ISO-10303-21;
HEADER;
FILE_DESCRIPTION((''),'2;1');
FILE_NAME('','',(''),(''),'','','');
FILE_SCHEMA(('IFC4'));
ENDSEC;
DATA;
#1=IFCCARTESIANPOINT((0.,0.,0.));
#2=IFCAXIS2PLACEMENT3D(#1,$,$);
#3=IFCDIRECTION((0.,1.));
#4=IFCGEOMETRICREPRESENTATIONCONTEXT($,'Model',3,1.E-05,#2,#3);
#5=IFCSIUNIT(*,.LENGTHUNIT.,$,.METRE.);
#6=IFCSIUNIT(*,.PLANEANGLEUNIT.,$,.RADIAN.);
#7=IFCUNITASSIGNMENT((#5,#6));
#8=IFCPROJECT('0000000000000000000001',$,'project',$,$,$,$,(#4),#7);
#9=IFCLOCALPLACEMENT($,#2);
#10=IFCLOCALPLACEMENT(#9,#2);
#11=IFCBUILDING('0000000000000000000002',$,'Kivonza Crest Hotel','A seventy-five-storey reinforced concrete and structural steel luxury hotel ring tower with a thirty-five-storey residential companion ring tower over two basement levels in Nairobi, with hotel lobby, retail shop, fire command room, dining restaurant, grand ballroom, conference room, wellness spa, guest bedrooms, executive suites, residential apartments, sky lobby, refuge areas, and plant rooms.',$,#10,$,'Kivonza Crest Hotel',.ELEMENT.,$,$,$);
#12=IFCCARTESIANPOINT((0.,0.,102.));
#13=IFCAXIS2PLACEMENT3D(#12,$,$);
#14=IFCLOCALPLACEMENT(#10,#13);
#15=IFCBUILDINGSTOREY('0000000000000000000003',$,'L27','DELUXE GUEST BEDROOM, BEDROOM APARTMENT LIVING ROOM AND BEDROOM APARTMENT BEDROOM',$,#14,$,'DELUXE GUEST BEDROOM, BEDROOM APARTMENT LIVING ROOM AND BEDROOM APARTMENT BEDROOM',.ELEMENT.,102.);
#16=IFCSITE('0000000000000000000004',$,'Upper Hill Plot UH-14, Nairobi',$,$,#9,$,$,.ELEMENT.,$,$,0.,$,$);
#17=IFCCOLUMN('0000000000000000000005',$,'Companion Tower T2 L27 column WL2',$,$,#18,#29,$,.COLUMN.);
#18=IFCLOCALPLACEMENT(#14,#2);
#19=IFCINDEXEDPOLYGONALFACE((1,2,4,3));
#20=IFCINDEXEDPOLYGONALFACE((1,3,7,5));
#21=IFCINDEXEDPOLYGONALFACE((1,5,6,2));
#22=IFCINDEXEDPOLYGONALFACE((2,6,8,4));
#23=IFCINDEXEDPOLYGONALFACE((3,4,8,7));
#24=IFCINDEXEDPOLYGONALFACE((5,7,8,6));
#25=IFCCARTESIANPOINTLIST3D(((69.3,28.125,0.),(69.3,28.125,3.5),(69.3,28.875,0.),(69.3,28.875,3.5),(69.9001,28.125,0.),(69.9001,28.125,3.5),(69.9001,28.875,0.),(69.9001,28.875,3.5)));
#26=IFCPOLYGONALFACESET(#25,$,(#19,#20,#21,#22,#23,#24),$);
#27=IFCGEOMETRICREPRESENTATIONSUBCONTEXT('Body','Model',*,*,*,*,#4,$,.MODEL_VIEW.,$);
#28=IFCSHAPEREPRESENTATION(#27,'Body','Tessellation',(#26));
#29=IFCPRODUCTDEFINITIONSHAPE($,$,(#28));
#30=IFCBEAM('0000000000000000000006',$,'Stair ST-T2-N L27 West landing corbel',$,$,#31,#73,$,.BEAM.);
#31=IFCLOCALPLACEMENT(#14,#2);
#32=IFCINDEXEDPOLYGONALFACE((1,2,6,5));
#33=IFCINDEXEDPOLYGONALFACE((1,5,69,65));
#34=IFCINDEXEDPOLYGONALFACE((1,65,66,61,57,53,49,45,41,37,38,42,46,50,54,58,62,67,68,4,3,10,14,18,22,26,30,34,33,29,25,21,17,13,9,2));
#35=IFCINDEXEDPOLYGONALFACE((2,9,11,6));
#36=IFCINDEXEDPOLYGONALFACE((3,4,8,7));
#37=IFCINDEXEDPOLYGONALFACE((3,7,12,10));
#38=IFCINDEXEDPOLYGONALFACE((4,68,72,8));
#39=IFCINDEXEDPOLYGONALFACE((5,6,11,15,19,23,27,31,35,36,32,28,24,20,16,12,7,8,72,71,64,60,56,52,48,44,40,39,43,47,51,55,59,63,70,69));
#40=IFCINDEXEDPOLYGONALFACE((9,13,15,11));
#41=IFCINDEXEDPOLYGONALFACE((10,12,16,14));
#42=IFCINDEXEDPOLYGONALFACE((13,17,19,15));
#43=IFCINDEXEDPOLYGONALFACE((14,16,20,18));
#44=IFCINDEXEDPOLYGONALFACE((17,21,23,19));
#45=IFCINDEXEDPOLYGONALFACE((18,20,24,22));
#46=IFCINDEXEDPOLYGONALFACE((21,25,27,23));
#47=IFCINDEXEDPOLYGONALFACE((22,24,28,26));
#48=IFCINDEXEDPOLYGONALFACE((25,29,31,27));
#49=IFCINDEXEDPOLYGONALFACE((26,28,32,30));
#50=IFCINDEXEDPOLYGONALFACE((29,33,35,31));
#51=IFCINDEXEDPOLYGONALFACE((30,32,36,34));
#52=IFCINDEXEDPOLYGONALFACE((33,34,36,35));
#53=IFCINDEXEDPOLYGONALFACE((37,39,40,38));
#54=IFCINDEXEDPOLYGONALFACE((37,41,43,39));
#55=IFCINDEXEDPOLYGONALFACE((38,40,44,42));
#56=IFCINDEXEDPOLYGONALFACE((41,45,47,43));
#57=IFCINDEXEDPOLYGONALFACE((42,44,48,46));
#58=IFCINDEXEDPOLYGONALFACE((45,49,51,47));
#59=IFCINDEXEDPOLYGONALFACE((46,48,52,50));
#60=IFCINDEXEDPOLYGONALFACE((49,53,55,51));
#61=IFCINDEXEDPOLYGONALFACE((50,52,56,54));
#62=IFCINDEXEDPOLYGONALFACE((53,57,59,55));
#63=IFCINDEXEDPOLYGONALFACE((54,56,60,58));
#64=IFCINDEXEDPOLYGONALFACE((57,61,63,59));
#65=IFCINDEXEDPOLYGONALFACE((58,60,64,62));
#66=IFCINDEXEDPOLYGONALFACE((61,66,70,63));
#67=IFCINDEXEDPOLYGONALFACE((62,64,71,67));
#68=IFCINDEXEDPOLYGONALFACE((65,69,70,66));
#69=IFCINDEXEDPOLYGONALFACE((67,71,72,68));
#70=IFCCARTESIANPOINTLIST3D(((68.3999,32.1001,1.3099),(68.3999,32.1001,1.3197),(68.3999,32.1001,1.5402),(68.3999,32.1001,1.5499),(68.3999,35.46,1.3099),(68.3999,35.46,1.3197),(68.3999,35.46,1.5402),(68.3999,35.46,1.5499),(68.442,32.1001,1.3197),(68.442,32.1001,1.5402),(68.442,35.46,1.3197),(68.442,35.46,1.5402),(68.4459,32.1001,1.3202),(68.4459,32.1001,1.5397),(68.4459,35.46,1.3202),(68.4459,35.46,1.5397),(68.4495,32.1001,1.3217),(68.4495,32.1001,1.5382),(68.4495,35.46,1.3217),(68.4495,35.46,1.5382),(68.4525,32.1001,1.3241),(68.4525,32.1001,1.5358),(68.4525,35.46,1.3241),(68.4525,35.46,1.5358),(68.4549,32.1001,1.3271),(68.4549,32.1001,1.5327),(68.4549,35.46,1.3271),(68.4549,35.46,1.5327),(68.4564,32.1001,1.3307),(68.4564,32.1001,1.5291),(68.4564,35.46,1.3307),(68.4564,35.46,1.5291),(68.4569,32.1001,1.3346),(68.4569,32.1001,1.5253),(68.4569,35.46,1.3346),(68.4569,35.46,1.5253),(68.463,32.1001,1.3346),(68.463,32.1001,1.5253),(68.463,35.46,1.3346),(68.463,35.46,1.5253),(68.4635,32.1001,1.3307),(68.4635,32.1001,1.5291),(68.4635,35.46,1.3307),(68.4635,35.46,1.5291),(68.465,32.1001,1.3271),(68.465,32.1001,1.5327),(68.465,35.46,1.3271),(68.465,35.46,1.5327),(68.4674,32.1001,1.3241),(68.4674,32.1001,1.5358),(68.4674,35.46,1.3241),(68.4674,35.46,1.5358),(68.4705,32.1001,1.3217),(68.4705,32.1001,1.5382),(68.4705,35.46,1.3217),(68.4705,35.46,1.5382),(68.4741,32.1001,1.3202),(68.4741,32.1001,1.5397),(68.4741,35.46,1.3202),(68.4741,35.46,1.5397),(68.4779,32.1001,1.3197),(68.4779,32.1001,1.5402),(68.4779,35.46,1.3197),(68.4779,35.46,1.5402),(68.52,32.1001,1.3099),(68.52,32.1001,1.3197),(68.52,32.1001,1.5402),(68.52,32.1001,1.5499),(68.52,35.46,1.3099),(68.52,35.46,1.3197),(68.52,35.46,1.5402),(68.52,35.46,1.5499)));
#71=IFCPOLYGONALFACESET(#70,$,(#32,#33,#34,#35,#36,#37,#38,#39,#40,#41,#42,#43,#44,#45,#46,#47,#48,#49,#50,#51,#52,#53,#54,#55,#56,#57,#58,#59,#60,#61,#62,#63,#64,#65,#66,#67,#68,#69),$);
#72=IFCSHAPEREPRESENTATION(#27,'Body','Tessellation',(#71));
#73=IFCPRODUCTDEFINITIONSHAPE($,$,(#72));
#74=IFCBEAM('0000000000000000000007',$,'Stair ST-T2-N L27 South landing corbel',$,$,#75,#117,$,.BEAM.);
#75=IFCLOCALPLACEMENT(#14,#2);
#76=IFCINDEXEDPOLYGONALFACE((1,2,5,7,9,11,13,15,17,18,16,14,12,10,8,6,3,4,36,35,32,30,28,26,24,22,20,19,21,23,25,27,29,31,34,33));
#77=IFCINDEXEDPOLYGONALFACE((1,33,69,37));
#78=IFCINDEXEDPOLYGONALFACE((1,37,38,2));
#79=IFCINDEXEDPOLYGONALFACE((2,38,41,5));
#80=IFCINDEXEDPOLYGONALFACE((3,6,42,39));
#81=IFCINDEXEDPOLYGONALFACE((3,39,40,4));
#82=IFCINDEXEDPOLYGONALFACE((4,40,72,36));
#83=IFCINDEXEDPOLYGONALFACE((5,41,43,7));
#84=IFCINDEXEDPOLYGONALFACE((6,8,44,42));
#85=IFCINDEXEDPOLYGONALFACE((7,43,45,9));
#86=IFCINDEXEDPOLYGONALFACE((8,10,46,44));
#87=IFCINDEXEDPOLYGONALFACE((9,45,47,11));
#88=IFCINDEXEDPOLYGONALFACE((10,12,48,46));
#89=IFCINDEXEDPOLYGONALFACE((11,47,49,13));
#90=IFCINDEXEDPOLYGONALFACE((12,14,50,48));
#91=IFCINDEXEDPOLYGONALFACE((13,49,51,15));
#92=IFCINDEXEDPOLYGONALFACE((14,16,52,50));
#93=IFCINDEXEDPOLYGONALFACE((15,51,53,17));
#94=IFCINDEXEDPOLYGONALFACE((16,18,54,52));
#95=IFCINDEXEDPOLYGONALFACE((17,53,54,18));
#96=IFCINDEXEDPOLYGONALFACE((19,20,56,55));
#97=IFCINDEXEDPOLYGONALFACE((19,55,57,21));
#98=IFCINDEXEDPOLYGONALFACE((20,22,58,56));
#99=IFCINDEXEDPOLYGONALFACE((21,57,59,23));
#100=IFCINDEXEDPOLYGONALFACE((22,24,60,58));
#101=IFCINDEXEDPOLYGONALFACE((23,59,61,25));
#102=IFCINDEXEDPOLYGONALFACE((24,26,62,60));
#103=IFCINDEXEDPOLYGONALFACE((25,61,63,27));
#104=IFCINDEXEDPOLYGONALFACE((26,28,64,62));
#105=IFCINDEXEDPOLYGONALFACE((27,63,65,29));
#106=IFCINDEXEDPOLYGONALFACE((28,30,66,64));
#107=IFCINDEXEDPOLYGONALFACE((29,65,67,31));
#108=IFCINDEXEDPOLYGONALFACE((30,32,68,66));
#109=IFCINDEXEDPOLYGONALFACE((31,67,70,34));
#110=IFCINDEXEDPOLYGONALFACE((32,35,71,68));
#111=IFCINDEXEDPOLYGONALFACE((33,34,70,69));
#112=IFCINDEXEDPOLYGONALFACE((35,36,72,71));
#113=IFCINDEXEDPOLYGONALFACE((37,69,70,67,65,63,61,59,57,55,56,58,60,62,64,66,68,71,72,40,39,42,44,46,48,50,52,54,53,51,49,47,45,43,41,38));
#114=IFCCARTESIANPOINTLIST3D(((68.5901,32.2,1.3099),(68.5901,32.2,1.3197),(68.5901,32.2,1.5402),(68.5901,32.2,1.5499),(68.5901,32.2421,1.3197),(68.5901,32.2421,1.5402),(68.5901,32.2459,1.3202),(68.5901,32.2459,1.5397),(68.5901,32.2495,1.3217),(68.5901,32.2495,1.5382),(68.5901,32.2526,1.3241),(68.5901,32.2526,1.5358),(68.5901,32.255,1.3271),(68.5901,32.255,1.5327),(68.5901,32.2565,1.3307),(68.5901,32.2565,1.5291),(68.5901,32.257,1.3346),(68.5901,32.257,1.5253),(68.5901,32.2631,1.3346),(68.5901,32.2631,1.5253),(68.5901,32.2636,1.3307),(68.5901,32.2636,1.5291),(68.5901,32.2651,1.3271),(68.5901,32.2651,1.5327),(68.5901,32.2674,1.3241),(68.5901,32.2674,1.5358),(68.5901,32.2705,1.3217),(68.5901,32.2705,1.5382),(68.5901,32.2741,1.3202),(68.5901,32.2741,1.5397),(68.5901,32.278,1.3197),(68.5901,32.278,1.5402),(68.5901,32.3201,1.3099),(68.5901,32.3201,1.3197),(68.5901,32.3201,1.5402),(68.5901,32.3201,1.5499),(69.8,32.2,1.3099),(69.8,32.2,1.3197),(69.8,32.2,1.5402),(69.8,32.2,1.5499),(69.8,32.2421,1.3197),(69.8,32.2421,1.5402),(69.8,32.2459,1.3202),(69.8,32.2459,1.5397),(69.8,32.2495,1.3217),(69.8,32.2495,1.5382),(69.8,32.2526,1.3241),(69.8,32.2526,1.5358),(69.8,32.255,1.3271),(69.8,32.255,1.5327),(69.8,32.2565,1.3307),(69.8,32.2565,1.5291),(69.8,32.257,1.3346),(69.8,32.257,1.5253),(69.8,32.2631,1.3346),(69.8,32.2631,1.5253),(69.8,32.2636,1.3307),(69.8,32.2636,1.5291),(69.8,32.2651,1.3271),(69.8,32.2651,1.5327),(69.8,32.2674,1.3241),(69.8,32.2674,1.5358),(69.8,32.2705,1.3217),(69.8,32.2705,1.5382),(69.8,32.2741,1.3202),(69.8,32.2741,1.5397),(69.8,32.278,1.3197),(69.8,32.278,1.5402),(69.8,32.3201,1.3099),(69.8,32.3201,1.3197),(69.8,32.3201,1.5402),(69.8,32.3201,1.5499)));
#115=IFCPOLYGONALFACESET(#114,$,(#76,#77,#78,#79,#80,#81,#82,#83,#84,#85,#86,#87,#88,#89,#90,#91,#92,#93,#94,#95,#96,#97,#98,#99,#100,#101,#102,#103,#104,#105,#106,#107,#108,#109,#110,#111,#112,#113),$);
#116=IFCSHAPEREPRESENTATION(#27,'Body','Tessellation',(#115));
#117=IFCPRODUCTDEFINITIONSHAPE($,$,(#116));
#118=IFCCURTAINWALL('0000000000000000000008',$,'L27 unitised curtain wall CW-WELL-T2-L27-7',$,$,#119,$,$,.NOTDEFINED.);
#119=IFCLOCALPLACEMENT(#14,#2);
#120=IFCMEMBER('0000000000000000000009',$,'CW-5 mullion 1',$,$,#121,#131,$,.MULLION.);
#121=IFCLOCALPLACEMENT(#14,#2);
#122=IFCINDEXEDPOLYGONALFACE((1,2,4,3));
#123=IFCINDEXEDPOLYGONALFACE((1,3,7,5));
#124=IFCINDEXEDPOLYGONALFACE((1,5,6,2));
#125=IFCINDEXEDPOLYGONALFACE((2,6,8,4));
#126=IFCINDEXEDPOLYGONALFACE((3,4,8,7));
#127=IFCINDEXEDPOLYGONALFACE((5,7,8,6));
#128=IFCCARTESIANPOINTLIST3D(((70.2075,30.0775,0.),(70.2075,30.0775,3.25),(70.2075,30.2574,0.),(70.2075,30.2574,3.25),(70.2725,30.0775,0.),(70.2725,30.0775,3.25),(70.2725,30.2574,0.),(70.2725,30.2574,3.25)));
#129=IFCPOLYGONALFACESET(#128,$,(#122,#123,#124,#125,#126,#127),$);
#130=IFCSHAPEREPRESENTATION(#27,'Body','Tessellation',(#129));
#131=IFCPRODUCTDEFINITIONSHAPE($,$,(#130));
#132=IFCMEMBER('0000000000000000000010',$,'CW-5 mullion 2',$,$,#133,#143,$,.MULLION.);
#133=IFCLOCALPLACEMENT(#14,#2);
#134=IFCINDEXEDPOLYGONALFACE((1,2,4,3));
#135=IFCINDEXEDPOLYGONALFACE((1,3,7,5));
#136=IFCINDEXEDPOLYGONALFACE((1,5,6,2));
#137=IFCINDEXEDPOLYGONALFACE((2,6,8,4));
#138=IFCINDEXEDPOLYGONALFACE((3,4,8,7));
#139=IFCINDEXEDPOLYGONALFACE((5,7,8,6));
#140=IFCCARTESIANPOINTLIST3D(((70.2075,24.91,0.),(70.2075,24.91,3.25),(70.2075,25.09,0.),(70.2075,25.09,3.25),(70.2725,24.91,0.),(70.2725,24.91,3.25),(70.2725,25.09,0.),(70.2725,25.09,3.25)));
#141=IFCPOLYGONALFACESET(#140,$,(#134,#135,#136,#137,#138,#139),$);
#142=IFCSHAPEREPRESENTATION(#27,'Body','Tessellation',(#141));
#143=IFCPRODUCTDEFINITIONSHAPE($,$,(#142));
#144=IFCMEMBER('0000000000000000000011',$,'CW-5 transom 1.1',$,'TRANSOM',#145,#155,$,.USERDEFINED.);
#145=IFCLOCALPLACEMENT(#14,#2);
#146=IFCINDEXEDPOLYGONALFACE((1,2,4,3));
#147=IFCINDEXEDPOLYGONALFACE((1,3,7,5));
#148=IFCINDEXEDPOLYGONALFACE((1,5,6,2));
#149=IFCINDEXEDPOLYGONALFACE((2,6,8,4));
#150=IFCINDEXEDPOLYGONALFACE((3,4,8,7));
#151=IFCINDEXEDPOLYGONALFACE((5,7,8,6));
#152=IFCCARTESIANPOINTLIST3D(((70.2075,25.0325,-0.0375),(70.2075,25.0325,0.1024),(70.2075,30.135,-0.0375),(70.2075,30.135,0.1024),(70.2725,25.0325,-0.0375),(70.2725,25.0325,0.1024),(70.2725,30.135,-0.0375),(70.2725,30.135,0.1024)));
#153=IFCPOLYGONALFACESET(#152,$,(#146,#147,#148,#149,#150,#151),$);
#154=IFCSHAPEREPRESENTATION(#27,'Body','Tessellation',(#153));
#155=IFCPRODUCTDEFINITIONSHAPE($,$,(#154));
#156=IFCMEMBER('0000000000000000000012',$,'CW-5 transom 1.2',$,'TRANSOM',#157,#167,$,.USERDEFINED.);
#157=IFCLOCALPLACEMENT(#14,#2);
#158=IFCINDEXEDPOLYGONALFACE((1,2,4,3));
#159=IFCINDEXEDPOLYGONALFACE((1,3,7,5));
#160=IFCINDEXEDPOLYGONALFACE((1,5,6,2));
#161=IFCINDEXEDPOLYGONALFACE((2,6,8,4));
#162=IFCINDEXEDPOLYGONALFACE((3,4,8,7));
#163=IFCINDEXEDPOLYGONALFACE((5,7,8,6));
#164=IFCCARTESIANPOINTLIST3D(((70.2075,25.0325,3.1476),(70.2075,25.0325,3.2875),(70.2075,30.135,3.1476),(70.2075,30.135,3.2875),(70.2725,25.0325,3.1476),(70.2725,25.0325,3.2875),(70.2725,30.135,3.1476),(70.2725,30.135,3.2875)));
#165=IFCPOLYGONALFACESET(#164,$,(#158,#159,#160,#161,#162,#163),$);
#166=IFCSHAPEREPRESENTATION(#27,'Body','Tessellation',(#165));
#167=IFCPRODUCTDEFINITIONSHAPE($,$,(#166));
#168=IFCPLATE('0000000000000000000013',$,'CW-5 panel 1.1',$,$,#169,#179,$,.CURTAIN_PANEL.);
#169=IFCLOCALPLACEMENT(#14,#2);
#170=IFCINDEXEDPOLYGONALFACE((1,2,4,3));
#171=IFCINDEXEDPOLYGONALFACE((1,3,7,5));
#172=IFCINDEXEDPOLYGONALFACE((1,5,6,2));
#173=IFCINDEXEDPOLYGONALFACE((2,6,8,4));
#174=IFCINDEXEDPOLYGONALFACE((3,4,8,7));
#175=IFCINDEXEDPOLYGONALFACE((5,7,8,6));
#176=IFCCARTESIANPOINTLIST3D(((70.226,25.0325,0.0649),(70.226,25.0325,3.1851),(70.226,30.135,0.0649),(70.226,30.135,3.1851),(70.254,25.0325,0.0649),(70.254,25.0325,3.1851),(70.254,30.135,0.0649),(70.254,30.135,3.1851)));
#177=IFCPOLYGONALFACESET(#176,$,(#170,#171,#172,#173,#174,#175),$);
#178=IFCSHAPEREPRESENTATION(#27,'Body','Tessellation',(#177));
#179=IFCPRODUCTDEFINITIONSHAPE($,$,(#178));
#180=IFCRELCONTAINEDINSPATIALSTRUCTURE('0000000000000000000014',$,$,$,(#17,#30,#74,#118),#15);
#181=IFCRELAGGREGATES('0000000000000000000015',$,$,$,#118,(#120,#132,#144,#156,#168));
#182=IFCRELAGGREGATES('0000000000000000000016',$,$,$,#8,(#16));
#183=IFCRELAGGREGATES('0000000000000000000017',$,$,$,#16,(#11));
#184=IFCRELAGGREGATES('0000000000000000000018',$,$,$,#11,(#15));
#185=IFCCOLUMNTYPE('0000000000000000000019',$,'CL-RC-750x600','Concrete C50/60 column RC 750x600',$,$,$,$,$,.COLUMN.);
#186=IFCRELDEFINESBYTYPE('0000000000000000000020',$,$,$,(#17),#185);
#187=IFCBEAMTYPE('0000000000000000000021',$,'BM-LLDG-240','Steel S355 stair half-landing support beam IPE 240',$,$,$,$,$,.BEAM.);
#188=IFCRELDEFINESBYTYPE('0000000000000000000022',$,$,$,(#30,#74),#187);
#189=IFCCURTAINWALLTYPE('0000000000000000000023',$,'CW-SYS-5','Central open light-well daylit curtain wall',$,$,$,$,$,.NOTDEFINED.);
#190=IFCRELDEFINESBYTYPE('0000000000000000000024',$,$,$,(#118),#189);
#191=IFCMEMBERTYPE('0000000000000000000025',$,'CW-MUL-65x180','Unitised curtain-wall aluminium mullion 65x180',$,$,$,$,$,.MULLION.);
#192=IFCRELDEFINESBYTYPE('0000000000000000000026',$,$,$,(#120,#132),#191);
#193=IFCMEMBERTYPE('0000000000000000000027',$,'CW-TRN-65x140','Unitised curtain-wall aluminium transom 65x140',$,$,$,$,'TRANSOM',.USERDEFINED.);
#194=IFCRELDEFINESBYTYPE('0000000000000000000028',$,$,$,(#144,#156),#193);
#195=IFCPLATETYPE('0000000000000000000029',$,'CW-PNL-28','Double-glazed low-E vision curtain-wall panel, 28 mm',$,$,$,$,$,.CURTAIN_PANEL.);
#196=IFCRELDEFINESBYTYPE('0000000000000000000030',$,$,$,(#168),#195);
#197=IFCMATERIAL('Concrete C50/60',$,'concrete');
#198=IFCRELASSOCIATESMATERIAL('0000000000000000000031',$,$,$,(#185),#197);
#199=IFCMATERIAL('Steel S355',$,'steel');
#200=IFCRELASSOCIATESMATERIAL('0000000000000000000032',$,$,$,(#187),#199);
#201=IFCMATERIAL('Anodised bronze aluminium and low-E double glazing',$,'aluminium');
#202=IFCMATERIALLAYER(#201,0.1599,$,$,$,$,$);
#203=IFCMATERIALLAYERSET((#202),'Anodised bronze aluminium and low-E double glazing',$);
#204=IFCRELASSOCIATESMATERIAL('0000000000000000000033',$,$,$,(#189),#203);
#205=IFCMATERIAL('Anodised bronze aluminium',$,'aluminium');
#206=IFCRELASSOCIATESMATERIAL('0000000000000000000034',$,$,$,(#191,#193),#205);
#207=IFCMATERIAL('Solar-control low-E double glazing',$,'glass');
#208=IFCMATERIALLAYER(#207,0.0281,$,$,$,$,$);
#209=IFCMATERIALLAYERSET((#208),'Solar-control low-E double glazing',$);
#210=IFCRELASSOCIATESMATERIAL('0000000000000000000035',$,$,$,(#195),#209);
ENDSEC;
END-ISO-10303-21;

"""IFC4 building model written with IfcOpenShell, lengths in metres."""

from ifc_helpers import new_model, si_unit, direction, frame, origin, origin_2d, place, context, subcontext, project, spatial, rectangle, i_section, extrude, material, layer, layer_set, material_profile, profile_set, type_object, element, aggregate, save


model = new_model("IFC4")

# Units and contexts
model_context = context("Model", 3, precision=1e-05, world=origin(), true_north=direction((0.0, 1.0)))
body_context = subcontext(model_context, "Body", "Model", "MODEL_VIEW")
ifc_project = project(units=[si_unit("LENGTHUNIT", "METRE"), si_unit("PLANEANGLEUNIT", "RADIAN")], contexts=[model_context])

# Site, building, storey
site_placement = place(None, origin())
site = spatial("IfcSite", under=ifc_project, at=site_placement, Name="Upper Hill Plot UH-14, Nairobi", CompositionType="ELEMENT", RefElevation=0.0)
building_placement = place(site_placement, origin())
building = spatial("IfcBuilding", under=site, at=building_placement, Name="Kivonza Crest Hotel", Description="A seventy-five-storey reinforced concrete and structural steel luxury hotel ring tower with a thirty-five-storey residential companion ring tower over two basement levels in Nairobi, with hotel lobby, retail shop, fire command room, dining restaurant, grand ballroom, conference room, wellness spa, guest bedrooms, executive suites, residential apartments, sky lobby, refuge areas, and plant rooms.", LongName="Kivonza Crest Hotel", CompositionType="ELEMENT")
storey_placement = place(building_placement, frame((0.0, 0.0, 102.0)))
storey = spatial("IfcBuildingStorey", under=building, at=storey_placement, Name="L27", Description="DELUXE GUEST BEDROOM, BEDROOM APARTMENT LIVING ROOM AND BEDROOM APARTMENT BEDROOM", LongName="DELUXE GUEST BEDROOM, BEDROOM APARTMENT LIVING ROOM AND BEDROOM APARTMENT BEDROOM", CompositionType="ELEMENT", Elevation=102.0)

# Column
ifc_material_1 = material(Name="Concrete C50/60", Category="concrete")
ifc_material_profile_1 = material_profile(ifc_material_1, rectangle(XDim=0.6001, YDim=0.75, at=origin_2d()), Name="RC 750x600")
ifc_profile_set_1 = profile_set([ifc_material_profile_1], Name="Concrete C50/60")
column_type = type_object("IfcColumnType", Name="CL-RC-750x600", Description="Concrete C50/60 column RC 750x600", PredefinedType="COLUMN", material=ifc_profile_set_1)
column_placement = place(storey_placement, frame((69.6001, 28.5, 0.0), z_axis=(0.0, 0.0, 1.0), x_axis=(1.0, 0.0, 0.0)))
element("IfcColumn", 1, at=column_placement, inside=storey, type_object=column_type, Name="Companion Tower T2 L27 column WL2", PredefinedType="COLUMN", context=body_context, shape_type="SweptSolid", body=[
    extrude(rectangle(XDim=0.6001, YDim=0.75, at=origin_2d()), origin(), (0.0, 0.0, 1.0), 3.5),
])

# Beams
ifc_material_2 = material(Name="Steel S355", Category="steel")
ifc_material_profile_2 = material_profile(ifc_material_2, i_section(OverallWidth=0.1201, OverallDepth=0.24, WebThickness=0.0061, FlangeThickness=0.0098, FilletRadius=0.0149, at=origin_2d()), Name="IPE 240")
ifc_profile_set_2 = profile_set([ifc_material_profile_2], Name="Steel S355")
beam_type = type_object("IfcBeamType", Name="BM-LLDG-240", Description="Steel S355 stair half-landing support beam IPE 240", PredefinedType="BEAM", material=ifc_profile_set_2)
beam_1_placement = place(storey_placement, frame((68.46, 32.1001, 1.4299), z_axis=(0.0, 1.0, 0.0), x_axis=(-1.0, 0.0, 0.0)))
element("IfcBeam", 2, at=beam_1_placement, inside=storey, type_object=beam_type, Name="Stair ST-T2-N L27 West landing corbel", PredefinedType="BEAM", context=body_context, shape_type="SweptSolid", body=[
    extrude(i_section(OverallWidth=0.1201, OverallDepth=0.24, WebThickness=0.0061, FlangeThickness=0.0098, FilletRadius=0.0149, at=origin_2d()), origin(), (0.0, 0.0, 1.0), 3.3599),
])
beam_2_placement = place(storey_placement, frame((68.5901, 32.26, 1.4299), z_axis=(1.0, 0.0, 0.0), x_axis=(0.0, 1.0, 0.0)))
element("IfcBeam", 3, at=beam_2_placement, inside=storey, type_object=beam_type, Name="Stair ST-T2-N L27 South landing corbel", PredefinedType="BEAM", context=body_context, shape_type="SweptSolid", body=[
    extrude(i_section(OverallWidth=0.1201, OverallDepth=0.24, WebThickness=0.0061, FlangeThickness=0.0098, FilletRadius=0.0149, at=origin_2d()), origin(), (0.0, 0.0, 1.0), 1.21),
])

# Curtain wall, members, plate
ifc_material_3 = material(Name="Anodised bronze aluminium and low-E double glazing", Category="aluminium")
ifc_layer_1 = layer(ifc_material_3, 0.1599)
ifc_layer_set_1 = layer_set([ifc_layer_1], Name="Anodised bronze aluminium and low-E double glazing")
curtain_wall_type = type_object("IfcCurtainWallType", Name="CW-SYS-5", Description="Central open light-well daylit curtain wall", PredefinedType="NOTDEFINED", material=ifc_layer_set_1)
curtain_wall_placement = place(storey_placement, origin())
curtain_wall = element("IfcCurtainWall", 4, at=curtain_wall_placement, inside=storey, type_object=curtain_wall_type, Name="L27 unitised curtain wall CW-WELL-T2-L27-7", PredefinedType="NOTDEFINED")
ifc_material_4 = material(Name="Anodised bronze aluminium", Category="aluminium")
ifc_material_profile_3 = material_profile(ifc_material_4, rectangle(XDim=0.0649, YDim=0.1799, at=origin_2d()), Name="CW-M 65x180")
ifc_profile_set_3 = profile_set([ifc_material_profile_3], Name="Anodised bronze aluminium")
member_type_1 = type_object("IfcMemberType", Name="CW-MUL-65x180", Description="Unitised curtain-wall aluminium mullion 65x180", PredefinedType="MULLION", material=ifc_profile_set_3)
member_1_placement = place(storey_placement, frame((70.24, 30.1675, 0.0), z_axis=(0.0, 0.0, 1.0), x_axis=(1.0, 0.0, 0.0)))
member_1 = element("IfcMember", 5, at=member_1_placement, type_object=member_type_1, Name="CW-5 mullion 1", PredefinedType="MULLION", context=body_context, shape_type="SweptSolid", body=[
    extrude(rectangle(XDim=0.0649, YDim=0.1799, at=origin_2d()), origin(), (0.0, 0.0, 1.0), 3.25),
])
member_2_placement = place(storey_placement, frame((70.24, 25.0, 0.0), z_axis=(0.0, 0.0, 1.0), x_axis=(1.0, 0.0, 0.0)))
member_2 = element("IfcMember", 6, at=member_2_placement, type_object=member_type_1, Name="CW-5 mullion 2", PredefinedType="MULLION", context=body_context, shape_type="SweptSolid", body=[
    extrude(rectangle(XDim=0.0649, YDim=0.1799, at=origin_2d()), origin(), (0.0, 0.0, 1.0), 3.25),
])
ifc_material_profile_4 = material_profile(ifc_material_4, rectangle(XDim=0.0649, YDim=0.1399, at=origin_2d()), Name="CW-T 65x140")
ifc_profile_set_4 = profile_set([ifc_material_profile_4], Name="Anodised bronze aluminium")
member_type_2 = type_object("IfcMemberType", Name="CW-TRN-65x140", Description="Unitised curtain-wall aluminium transom 65x140", ElementType="TRANSOM", PredefinedType="USERDEFINED", material=ifc_profile_set_4)
member_3_placement = place(storey_placement, frame((70.24, 30.135, 0.0325), z_axis=(0.0, -1.0, 0.0), x_axis=(1.0, 0.0, 0.0)))
member_3 = element("IfcMember", 7, at=member_3_placement, type_object=member_type_2, Name="CW-5 transom 1.1", ObjectType="TRANSOM", PredefinedType="USERDEFINED", context=body_context, shape_type="SweptSolid", body=[
    extrude(rectangle(XDim=0.0649, YDim=0.1399, at=origin_2d()), origin(), (0.0, 0.0, 1.0), 5.1025),
])
member_4_placement = place(storey_placement, frame((70.24, 30.135, 3.2175), z_axis=(0.0, -1.0, 0.0), x_axis=(1.0, 0.0, 0.0)))
member_4 = element("IfcMember", 8, at=member_4_placement, type_object=member_type_2, Name="CW-5 transom 1.2", ObjectType="TRANSOM", PredefinedType="USERDEFINED", context=body_context, shape_type="SweptSolid", body=[
    extrude(rectangle(XDim=0.0649, YDim=0.1399, at=origin_2d()), origin(), (0.0, 0.0, 1.0), 5.1025),
])
ifc_material_5 = material(Name="Solar-control low-E double glazing", Category="glass")
ifc_layer_2 = layer(ifc_material_5, 0.0281)
ifc_layer_set_2 = layer_set([ifc_layer_2], Name="Solar-control low-E double glazing")
plate_type = type_object("IfcPlateType", Name="CW-PNL-28", Description="Double-glazed low-E vision curtain-wall panel, 28 mm", PredefinedType="CURTAIN_PANEL", material=ifc_layer_set_2)
plate_placement = place(storey_placement, frame((70.24, 27.5837, 0.0649), z_axis=(0.0, 0.0, 1.0), x_axis=(0.0, -1.0, 0.0)))
plate = element("IfcPlate", 9, at=plate_placement, type_object=plate_type, Name="CW-5 panel 1.1", PredefinedType="CURTAIN_PANEL", context=body_context, shape_type="SweptSolid", body=[
    extrude(rectangle(XDim=5.1025, YDim=0.0281, at=origin_2d()), origin(), (0.0, 0.0, 1.0), 3.1201),
])
aggregate(curtain_wall, [member_1, member_2, member_3, member_4, plate])

save(model, "model.ifc")
